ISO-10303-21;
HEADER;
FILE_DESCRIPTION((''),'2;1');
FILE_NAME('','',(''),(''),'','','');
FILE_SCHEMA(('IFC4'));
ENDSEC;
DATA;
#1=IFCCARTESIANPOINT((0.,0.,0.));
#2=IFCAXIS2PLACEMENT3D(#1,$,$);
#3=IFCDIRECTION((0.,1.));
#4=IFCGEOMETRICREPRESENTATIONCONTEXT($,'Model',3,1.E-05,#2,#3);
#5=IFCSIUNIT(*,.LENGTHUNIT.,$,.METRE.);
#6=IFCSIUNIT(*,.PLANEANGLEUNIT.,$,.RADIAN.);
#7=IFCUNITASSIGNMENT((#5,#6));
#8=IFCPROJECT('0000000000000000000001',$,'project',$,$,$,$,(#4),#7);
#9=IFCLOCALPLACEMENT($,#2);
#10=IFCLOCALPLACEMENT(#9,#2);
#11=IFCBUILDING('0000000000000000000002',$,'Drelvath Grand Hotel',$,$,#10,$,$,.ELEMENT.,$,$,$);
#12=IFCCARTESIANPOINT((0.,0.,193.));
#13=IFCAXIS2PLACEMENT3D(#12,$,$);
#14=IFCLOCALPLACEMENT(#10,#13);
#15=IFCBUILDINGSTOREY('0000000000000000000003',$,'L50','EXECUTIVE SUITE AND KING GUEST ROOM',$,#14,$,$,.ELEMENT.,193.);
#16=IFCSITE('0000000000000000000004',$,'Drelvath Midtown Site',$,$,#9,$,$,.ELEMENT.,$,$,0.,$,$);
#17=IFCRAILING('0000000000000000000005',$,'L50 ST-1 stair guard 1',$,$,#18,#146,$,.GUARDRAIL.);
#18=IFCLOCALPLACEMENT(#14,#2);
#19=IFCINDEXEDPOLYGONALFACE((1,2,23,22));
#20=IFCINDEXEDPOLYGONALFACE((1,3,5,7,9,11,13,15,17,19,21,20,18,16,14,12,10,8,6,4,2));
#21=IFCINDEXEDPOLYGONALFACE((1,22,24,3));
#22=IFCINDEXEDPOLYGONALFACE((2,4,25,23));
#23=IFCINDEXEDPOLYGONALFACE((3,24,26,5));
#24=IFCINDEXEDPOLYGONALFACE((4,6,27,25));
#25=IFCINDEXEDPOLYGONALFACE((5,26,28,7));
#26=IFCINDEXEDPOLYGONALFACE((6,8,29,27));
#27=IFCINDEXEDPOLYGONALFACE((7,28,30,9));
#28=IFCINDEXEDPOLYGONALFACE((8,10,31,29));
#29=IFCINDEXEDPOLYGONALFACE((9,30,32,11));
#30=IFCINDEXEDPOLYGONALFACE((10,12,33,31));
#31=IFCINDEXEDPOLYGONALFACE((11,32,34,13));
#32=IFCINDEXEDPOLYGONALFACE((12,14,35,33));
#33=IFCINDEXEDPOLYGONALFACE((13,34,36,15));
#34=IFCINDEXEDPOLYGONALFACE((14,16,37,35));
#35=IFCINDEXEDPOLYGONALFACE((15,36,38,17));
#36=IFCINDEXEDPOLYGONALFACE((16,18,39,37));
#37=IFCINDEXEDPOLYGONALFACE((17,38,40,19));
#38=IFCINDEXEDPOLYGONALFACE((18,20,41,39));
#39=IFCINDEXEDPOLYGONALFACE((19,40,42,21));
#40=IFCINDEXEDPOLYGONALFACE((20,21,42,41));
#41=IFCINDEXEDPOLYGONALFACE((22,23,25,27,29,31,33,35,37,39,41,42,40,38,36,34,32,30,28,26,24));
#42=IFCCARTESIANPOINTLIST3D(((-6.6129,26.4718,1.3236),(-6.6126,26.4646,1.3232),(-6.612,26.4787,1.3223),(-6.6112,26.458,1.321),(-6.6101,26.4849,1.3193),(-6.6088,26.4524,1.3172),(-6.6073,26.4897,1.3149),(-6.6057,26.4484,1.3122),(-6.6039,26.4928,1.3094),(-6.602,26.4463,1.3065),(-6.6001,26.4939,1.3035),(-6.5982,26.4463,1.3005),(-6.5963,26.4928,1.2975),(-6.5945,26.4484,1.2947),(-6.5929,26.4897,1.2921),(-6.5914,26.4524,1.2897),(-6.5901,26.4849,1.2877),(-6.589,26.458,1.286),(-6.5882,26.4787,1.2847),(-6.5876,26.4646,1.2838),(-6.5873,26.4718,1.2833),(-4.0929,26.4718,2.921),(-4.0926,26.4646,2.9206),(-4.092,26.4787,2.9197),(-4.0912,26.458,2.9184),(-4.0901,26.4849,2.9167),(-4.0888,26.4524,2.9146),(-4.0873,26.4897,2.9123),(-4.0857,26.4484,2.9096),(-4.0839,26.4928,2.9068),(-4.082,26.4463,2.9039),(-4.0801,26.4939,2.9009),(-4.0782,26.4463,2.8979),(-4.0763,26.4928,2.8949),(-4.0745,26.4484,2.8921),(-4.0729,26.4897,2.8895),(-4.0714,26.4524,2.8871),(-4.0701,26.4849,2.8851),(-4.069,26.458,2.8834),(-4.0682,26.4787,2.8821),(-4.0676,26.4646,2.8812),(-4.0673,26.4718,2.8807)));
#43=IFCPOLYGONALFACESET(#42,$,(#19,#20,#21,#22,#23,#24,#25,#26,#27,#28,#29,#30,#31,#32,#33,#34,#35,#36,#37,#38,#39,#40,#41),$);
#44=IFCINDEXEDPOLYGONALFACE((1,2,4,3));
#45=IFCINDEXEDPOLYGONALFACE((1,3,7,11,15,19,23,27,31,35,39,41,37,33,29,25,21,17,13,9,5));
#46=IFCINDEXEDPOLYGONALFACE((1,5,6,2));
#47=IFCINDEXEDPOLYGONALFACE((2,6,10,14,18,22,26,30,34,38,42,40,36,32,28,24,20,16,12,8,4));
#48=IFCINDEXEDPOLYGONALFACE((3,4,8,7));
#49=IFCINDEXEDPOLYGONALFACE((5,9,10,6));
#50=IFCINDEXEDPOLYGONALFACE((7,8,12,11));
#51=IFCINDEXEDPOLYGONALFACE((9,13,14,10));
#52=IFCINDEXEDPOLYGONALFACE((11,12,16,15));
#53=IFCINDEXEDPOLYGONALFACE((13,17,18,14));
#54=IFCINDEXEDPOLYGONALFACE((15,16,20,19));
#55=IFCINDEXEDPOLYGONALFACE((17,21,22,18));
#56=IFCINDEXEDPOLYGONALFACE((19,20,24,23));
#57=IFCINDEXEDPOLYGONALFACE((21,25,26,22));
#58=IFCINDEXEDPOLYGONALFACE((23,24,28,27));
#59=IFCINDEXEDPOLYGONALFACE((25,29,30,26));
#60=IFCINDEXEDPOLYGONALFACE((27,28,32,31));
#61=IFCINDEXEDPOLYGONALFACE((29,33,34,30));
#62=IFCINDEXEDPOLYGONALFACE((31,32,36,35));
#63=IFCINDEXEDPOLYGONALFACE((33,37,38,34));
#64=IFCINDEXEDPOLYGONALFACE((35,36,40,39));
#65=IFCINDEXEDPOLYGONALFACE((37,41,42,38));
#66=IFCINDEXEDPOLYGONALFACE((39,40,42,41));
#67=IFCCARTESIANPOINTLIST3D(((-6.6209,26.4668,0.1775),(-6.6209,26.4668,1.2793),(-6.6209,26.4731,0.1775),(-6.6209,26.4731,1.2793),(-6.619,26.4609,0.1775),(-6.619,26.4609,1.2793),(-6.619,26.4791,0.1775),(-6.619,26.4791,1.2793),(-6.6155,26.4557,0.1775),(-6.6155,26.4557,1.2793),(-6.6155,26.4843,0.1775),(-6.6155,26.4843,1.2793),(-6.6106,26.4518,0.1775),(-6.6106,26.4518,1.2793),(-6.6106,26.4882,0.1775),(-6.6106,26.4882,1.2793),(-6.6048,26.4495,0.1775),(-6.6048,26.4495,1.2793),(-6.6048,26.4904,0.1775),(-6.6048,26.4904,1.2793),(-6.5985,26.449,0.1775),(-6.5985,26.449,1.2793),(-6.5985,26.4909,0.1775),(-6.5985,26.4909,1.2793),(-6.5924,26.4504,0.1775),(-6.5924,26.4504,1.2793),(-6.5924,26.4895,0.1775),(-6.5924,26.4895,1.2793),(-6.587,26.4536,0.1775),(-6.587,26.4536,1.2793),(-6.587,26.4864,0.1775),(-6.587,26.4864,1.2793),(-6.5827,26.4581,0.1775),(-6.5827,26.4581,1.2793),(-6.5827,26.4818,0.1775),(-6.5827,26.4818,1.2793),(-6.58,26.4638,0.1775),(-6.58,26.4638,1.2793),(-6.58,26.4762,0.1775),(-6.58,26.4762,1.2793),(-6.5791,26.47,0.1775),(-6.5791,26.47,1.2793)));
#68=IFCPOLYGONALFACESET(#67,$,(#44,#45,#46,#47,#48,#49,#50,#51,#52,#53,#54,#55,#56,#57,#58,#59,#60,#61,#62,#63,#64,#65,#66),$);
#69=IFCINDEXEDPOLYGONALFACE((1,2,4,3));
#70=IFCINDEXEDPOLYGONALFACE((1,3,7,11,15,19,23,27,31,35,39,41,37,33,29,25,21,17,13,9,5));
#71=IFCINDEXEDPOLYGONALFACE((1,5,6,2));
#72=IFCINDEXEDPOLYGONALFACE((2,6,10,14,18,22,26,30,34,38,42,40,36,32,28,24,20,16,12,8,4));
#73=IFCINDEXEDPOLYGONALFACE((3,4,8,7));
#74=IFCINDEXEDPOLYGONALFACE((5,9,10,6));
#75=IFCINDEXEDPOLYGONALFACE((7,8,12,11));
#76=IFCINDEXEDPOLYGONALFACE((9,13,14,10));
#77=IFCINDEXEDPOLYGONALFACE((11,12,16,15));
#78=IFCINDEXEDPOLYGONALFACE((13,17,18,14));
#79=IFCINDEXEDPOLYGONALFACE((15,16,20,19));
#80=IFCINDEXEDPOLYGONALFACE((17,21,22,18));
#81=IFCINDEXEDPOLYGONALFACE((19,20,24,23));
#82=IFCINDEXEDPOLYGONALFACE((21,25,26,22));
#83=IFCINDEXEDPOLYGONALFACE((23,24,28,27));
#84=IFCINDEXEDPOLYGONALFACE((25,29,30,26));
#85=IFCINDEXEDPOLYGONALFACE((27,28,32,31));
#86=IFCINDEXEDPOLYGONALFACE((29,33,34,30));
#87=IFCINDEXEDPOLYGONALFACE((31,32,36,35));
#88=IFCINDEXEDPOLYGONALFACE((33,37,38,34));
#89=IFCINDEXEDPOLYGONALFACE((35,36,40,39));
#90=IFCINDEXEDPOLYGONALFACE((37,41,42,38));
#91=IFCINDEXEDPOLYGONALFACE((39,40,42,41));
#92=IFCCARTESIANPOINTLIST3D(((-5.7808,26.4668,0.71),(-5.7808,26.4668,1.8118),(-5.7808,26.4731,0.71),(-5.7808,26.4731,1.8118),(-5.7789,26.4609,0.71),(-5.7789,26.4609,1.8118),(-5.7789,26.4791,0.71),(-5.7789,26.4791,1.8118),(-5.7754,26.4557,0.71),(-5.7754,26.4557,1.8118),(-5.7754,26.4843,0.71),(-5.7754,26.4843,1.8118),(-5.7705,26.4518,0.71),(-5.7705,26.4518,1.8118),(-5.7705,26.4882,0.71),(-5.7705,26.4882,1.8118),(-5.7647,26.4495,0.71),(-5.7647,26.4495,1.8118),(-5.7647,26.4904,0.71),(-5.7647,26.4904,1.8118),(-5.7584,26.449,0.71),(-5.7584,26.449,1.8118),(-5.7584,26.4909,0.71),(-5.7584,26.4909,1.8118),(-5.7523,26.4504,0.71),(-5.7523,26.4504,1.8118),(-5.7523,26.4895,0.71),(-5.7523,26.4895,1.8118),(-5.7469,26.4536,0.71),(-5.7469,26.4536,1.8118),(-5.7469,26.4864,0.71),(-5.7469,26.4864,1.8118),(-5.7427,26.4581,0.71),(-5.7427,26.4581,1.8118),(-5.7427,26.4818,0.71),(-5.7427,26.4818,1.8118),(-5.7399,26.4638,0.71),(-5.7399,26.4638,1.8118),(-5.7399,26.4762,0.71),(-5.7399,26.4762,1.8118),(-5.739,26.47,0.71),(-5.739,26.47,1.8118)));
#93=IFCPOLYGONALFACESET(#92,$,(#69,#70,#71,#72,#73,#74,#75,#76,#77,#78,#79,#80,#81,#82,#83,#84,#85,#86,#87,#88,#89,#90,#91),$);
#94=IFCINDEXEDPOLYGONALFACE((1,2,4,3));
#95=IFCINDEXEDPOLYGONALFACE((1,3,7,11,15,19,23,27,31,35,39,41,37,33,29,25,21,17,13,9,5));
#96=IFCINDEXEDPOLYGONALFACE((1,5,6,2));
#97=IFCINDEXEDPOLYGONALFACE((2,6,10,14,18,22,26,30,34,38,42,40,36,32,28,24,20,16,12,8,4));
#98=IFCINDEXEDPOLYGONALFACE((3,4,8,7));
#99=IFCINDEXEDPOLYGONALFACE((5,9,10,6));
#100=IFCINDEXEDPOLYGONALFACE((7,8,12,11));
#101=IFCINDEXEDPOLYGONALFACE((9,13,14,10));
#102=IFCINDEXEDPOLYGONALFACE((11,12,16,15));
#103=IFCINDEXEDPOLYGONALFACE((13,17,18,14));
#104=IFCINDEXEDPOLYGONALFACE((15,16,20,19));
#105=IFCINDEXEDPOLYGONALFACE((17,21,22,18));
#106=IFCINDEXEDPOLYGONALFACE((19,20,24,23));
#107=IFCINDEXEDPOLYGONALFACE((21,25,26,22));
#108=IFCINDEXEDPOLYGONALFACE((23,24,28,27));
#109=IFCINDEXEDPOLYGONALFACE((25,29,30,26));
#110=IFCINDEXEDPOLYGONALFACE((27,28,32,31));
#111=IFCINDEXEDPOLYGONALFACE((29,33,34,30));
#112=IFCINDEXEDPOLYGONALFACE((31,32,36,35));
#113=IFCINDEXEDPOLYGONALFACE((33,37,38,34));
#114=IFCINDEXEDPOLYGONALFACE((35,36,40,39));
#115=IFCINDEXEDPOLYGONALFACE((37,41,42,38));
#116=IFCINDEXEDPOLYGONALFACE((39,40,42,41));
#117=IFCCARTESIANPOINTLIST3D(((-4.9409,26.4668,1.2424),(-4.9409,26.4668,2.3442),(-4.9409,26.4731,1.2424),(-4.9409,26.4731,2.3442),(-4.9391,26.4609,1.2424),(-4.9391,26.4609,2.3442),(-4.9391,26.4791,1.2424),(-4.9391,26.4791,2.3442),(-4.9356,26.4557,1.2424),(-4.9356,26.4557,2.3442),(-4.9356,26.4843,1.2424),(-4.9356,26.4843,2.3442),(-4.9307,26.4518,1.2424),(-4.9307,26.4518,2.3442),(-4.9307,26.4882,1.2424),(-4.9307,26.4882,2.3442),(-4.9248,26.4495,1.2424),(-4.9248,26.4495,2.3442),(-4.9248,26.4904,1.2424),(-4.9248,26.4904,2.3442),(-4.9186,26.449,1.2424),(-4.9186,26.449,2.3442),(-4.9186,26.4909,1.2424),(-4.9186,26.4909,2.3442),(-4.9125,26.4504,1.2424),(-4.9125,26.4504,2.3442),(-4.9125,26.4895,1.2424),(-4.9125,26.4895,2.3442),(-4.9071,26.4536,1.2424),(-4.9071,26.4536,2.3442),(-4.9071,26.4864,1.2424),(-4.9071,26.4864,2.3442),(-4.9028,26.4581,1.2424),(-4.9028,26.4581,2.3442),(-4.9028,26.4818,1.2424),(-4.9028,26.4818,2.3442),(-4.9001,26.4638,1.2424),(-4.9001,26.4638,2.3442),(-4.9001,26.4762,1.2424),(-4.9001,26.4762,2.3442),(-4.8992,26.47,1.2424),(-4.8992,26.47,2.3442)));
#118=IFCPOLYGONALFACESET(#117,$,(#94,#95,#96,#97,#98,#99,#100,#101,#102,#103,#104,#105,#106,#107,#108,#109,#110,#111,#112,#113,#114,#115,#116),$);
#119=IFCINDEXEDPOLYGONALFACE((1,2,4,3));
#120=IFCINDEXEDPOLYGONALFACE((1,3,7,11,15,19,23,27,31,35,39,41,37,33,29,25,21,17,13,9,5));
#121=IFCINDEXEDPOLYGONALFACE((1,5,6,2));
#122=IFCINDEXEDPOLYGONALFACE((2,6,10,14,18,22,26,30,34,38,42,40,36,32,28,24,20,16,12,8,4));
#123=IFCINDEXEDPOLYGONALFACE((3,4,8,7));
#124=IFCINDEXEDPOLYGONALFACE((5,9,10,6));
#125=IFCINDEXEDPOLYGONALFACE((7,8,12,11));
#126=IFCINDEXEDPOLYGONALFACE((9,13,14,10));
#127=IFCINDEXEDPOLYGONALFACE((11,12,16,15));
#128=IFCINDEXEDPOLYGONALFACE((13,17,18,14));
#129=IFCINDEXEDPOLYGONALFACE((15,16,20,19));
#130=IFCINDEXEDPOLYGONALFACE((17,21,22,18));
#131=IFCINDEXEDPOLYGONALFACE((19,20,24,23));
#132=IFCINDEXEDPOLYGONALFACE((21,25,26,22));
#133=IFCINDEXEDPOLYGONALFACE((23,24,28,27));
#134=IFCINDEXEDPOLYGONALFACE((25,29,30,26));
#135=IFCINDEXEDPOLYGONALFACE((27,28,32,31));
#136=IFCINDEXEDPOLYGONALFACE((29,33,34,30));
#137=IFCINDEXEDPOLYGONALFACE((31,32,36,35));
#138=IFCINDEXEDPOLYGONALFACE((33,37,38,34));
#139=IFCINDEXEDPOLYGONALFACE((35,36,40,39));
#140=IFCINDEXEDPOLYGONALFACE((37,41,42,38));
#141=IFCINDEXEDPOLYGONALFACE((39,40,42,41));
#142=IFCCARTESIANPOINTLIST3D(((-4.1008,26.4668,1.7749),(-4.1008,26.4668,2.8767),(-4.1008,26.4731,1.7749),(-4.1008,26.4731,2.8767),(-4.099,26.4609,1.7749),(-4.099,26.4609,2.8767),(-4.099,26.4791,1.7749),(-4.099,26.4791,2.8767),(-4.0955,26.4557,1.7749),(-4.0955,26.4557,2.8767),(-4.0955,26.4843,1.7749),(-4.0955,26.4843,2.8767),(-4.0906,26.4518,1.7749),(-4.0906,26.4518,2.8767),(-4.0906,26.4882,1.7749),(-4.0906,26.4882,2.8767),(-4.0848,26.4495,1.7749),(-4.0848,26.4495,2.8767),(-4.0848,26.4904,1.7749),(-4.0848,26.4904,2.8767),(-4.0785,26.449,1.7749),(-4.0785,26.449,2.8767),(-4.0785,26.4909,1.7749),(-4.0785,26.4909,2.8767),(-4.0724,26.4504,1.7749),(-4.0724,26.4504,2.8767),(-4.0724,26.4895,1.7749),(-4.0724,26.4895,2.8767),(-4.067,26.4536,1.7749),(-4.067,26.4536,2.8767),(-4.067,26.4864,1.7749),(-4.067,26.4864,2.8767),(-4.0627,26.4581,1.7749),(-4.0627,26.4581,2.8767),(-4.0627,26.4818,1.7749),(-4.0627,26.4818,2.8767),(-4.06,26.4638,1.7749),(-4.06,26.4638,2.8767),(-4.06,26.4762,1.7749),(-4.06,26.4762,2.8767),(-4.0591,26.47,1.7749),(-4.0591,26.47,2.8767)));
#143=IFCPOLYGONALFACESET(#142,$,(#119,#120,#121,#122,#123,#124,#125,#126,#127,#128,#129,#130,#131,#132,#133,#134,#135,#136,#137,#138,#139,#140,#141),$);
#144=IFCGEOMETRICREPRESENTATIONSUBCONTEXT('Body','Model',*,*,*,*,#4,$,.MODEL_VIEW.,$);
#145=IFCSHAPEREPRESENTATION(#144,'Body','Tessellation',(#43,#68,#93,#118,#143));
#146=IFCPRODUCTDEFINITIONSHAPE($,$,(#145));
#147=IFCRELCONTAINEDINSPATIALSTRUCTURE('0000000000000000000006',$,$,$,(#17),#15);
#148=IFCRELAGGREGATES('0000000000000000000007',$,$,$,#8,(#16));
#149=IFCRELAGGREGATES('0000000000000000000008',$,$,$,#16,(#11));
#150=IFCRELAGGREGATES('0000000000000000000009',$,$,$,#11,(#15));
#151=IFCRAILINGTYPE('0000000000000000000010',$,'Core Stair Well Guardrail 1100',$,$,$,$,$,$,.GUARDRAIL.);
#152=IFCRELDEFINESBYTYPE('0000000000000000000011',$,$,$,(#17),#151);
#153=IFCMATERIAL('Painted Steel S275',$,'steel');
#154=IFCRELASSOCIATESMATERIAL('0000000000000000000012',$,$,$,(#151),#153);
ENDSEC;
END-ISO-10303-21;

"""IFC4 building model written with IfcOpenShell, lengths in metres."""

from ifc_helpers import new_model, si_unit, direction, frame, origin, origin_2d, place, context, subcontext, project, spatial, circle, extrude, material, type_object, element, save


model = new_model("IFC4")

# Units and contexts
model_context = context("Model", 3, precision=1e-05, world=origin(), true_north=direction((0.0, 1.0)))
body_context = subcontext(model_context, "Body", "Model", "MODEL_VIEW")
ifc_project = project(units=[si_unit("LENGTHUNIT", "METRE"), si_unit("PLANEANGLEUNIT", "RADIAN")], contexts=[model_context])

# Site, building, storey
site_placement = place(None, origin())
site = spatial("IfcSite", under=ifc_project, at=site_placement, Name="Drelvath Midtown Site", CompositionType="ELEMENT", RefElevation=0.0)
building_placement = place(site_placement, origin())
building = spatial("IfcBuilding", under=site, at=building_placement, Name="Drelvath Grand Hotel", CompositionType="ELEMENT")
storey_placement = place(building_placement, frame((0.0, 0.0, 193.0)))
storey = spatial("IfcBuildingStorey", under=building, at=storey_placement, Name="L50", Description="EXECUTIVE SUITE AND KING GUEST ROOM", CompositionType="ELEMENT", Elevation=193.0)

# Shared definitions
ifc_material_1 = material(Name="Painted Steel S275", Category="steel")

# Railing
railing_type_1 = type_object("IfcRailingType", Name="Core Stair Well Guardrail 1100", PredefinedType="GUARDRAIL", material=ifc_material_1)
railing_1_placement = place(storey_placement, frame((-6.6001, 26.47, 0.1775)))
element("IfcRailing", 1, at=railing_1_placement, inside=storey, type_object=railing_type_1, Name="L50 ST-1 stair guard 1", PredefinedType="GUARDRAIL", context=body_context, shape_type="SweptSolid", body=[
    extrude(circle(Radius=0.0239, at=origin_2d()), frame((0.0, 0.0, 1.126), z_axis=(0.844607, 0.0, 0.535387), x_axis=(0.0, 1.0, 0.0)), (0.0, 0.0, 1.0), 2.9836),
    extrude(circle(Radius=0.021, at=origin_2d()), origin(), (0.0, 0.0, 1.0), 1.1018),
    extrude(circle(Radius=0.021, at=origin_2d()), frame((0.8401, 0.0, 0.5325)), (0.0, 0.0, 1.0), 1.1018),
    extrude(circle(Radius=0.021, at=origin_2d()), frame((1.6799, 0.0, 1.0649)), (0.0, 0.0, 1.0), 1.1018),
    extrude(circle(Radius=0.021, at=origin_2d()), frame((2.52, 0.0, 1.5974)), (0.0, 0.0, 1.0), 1.1018),
])

save(model, "model.ifc")
